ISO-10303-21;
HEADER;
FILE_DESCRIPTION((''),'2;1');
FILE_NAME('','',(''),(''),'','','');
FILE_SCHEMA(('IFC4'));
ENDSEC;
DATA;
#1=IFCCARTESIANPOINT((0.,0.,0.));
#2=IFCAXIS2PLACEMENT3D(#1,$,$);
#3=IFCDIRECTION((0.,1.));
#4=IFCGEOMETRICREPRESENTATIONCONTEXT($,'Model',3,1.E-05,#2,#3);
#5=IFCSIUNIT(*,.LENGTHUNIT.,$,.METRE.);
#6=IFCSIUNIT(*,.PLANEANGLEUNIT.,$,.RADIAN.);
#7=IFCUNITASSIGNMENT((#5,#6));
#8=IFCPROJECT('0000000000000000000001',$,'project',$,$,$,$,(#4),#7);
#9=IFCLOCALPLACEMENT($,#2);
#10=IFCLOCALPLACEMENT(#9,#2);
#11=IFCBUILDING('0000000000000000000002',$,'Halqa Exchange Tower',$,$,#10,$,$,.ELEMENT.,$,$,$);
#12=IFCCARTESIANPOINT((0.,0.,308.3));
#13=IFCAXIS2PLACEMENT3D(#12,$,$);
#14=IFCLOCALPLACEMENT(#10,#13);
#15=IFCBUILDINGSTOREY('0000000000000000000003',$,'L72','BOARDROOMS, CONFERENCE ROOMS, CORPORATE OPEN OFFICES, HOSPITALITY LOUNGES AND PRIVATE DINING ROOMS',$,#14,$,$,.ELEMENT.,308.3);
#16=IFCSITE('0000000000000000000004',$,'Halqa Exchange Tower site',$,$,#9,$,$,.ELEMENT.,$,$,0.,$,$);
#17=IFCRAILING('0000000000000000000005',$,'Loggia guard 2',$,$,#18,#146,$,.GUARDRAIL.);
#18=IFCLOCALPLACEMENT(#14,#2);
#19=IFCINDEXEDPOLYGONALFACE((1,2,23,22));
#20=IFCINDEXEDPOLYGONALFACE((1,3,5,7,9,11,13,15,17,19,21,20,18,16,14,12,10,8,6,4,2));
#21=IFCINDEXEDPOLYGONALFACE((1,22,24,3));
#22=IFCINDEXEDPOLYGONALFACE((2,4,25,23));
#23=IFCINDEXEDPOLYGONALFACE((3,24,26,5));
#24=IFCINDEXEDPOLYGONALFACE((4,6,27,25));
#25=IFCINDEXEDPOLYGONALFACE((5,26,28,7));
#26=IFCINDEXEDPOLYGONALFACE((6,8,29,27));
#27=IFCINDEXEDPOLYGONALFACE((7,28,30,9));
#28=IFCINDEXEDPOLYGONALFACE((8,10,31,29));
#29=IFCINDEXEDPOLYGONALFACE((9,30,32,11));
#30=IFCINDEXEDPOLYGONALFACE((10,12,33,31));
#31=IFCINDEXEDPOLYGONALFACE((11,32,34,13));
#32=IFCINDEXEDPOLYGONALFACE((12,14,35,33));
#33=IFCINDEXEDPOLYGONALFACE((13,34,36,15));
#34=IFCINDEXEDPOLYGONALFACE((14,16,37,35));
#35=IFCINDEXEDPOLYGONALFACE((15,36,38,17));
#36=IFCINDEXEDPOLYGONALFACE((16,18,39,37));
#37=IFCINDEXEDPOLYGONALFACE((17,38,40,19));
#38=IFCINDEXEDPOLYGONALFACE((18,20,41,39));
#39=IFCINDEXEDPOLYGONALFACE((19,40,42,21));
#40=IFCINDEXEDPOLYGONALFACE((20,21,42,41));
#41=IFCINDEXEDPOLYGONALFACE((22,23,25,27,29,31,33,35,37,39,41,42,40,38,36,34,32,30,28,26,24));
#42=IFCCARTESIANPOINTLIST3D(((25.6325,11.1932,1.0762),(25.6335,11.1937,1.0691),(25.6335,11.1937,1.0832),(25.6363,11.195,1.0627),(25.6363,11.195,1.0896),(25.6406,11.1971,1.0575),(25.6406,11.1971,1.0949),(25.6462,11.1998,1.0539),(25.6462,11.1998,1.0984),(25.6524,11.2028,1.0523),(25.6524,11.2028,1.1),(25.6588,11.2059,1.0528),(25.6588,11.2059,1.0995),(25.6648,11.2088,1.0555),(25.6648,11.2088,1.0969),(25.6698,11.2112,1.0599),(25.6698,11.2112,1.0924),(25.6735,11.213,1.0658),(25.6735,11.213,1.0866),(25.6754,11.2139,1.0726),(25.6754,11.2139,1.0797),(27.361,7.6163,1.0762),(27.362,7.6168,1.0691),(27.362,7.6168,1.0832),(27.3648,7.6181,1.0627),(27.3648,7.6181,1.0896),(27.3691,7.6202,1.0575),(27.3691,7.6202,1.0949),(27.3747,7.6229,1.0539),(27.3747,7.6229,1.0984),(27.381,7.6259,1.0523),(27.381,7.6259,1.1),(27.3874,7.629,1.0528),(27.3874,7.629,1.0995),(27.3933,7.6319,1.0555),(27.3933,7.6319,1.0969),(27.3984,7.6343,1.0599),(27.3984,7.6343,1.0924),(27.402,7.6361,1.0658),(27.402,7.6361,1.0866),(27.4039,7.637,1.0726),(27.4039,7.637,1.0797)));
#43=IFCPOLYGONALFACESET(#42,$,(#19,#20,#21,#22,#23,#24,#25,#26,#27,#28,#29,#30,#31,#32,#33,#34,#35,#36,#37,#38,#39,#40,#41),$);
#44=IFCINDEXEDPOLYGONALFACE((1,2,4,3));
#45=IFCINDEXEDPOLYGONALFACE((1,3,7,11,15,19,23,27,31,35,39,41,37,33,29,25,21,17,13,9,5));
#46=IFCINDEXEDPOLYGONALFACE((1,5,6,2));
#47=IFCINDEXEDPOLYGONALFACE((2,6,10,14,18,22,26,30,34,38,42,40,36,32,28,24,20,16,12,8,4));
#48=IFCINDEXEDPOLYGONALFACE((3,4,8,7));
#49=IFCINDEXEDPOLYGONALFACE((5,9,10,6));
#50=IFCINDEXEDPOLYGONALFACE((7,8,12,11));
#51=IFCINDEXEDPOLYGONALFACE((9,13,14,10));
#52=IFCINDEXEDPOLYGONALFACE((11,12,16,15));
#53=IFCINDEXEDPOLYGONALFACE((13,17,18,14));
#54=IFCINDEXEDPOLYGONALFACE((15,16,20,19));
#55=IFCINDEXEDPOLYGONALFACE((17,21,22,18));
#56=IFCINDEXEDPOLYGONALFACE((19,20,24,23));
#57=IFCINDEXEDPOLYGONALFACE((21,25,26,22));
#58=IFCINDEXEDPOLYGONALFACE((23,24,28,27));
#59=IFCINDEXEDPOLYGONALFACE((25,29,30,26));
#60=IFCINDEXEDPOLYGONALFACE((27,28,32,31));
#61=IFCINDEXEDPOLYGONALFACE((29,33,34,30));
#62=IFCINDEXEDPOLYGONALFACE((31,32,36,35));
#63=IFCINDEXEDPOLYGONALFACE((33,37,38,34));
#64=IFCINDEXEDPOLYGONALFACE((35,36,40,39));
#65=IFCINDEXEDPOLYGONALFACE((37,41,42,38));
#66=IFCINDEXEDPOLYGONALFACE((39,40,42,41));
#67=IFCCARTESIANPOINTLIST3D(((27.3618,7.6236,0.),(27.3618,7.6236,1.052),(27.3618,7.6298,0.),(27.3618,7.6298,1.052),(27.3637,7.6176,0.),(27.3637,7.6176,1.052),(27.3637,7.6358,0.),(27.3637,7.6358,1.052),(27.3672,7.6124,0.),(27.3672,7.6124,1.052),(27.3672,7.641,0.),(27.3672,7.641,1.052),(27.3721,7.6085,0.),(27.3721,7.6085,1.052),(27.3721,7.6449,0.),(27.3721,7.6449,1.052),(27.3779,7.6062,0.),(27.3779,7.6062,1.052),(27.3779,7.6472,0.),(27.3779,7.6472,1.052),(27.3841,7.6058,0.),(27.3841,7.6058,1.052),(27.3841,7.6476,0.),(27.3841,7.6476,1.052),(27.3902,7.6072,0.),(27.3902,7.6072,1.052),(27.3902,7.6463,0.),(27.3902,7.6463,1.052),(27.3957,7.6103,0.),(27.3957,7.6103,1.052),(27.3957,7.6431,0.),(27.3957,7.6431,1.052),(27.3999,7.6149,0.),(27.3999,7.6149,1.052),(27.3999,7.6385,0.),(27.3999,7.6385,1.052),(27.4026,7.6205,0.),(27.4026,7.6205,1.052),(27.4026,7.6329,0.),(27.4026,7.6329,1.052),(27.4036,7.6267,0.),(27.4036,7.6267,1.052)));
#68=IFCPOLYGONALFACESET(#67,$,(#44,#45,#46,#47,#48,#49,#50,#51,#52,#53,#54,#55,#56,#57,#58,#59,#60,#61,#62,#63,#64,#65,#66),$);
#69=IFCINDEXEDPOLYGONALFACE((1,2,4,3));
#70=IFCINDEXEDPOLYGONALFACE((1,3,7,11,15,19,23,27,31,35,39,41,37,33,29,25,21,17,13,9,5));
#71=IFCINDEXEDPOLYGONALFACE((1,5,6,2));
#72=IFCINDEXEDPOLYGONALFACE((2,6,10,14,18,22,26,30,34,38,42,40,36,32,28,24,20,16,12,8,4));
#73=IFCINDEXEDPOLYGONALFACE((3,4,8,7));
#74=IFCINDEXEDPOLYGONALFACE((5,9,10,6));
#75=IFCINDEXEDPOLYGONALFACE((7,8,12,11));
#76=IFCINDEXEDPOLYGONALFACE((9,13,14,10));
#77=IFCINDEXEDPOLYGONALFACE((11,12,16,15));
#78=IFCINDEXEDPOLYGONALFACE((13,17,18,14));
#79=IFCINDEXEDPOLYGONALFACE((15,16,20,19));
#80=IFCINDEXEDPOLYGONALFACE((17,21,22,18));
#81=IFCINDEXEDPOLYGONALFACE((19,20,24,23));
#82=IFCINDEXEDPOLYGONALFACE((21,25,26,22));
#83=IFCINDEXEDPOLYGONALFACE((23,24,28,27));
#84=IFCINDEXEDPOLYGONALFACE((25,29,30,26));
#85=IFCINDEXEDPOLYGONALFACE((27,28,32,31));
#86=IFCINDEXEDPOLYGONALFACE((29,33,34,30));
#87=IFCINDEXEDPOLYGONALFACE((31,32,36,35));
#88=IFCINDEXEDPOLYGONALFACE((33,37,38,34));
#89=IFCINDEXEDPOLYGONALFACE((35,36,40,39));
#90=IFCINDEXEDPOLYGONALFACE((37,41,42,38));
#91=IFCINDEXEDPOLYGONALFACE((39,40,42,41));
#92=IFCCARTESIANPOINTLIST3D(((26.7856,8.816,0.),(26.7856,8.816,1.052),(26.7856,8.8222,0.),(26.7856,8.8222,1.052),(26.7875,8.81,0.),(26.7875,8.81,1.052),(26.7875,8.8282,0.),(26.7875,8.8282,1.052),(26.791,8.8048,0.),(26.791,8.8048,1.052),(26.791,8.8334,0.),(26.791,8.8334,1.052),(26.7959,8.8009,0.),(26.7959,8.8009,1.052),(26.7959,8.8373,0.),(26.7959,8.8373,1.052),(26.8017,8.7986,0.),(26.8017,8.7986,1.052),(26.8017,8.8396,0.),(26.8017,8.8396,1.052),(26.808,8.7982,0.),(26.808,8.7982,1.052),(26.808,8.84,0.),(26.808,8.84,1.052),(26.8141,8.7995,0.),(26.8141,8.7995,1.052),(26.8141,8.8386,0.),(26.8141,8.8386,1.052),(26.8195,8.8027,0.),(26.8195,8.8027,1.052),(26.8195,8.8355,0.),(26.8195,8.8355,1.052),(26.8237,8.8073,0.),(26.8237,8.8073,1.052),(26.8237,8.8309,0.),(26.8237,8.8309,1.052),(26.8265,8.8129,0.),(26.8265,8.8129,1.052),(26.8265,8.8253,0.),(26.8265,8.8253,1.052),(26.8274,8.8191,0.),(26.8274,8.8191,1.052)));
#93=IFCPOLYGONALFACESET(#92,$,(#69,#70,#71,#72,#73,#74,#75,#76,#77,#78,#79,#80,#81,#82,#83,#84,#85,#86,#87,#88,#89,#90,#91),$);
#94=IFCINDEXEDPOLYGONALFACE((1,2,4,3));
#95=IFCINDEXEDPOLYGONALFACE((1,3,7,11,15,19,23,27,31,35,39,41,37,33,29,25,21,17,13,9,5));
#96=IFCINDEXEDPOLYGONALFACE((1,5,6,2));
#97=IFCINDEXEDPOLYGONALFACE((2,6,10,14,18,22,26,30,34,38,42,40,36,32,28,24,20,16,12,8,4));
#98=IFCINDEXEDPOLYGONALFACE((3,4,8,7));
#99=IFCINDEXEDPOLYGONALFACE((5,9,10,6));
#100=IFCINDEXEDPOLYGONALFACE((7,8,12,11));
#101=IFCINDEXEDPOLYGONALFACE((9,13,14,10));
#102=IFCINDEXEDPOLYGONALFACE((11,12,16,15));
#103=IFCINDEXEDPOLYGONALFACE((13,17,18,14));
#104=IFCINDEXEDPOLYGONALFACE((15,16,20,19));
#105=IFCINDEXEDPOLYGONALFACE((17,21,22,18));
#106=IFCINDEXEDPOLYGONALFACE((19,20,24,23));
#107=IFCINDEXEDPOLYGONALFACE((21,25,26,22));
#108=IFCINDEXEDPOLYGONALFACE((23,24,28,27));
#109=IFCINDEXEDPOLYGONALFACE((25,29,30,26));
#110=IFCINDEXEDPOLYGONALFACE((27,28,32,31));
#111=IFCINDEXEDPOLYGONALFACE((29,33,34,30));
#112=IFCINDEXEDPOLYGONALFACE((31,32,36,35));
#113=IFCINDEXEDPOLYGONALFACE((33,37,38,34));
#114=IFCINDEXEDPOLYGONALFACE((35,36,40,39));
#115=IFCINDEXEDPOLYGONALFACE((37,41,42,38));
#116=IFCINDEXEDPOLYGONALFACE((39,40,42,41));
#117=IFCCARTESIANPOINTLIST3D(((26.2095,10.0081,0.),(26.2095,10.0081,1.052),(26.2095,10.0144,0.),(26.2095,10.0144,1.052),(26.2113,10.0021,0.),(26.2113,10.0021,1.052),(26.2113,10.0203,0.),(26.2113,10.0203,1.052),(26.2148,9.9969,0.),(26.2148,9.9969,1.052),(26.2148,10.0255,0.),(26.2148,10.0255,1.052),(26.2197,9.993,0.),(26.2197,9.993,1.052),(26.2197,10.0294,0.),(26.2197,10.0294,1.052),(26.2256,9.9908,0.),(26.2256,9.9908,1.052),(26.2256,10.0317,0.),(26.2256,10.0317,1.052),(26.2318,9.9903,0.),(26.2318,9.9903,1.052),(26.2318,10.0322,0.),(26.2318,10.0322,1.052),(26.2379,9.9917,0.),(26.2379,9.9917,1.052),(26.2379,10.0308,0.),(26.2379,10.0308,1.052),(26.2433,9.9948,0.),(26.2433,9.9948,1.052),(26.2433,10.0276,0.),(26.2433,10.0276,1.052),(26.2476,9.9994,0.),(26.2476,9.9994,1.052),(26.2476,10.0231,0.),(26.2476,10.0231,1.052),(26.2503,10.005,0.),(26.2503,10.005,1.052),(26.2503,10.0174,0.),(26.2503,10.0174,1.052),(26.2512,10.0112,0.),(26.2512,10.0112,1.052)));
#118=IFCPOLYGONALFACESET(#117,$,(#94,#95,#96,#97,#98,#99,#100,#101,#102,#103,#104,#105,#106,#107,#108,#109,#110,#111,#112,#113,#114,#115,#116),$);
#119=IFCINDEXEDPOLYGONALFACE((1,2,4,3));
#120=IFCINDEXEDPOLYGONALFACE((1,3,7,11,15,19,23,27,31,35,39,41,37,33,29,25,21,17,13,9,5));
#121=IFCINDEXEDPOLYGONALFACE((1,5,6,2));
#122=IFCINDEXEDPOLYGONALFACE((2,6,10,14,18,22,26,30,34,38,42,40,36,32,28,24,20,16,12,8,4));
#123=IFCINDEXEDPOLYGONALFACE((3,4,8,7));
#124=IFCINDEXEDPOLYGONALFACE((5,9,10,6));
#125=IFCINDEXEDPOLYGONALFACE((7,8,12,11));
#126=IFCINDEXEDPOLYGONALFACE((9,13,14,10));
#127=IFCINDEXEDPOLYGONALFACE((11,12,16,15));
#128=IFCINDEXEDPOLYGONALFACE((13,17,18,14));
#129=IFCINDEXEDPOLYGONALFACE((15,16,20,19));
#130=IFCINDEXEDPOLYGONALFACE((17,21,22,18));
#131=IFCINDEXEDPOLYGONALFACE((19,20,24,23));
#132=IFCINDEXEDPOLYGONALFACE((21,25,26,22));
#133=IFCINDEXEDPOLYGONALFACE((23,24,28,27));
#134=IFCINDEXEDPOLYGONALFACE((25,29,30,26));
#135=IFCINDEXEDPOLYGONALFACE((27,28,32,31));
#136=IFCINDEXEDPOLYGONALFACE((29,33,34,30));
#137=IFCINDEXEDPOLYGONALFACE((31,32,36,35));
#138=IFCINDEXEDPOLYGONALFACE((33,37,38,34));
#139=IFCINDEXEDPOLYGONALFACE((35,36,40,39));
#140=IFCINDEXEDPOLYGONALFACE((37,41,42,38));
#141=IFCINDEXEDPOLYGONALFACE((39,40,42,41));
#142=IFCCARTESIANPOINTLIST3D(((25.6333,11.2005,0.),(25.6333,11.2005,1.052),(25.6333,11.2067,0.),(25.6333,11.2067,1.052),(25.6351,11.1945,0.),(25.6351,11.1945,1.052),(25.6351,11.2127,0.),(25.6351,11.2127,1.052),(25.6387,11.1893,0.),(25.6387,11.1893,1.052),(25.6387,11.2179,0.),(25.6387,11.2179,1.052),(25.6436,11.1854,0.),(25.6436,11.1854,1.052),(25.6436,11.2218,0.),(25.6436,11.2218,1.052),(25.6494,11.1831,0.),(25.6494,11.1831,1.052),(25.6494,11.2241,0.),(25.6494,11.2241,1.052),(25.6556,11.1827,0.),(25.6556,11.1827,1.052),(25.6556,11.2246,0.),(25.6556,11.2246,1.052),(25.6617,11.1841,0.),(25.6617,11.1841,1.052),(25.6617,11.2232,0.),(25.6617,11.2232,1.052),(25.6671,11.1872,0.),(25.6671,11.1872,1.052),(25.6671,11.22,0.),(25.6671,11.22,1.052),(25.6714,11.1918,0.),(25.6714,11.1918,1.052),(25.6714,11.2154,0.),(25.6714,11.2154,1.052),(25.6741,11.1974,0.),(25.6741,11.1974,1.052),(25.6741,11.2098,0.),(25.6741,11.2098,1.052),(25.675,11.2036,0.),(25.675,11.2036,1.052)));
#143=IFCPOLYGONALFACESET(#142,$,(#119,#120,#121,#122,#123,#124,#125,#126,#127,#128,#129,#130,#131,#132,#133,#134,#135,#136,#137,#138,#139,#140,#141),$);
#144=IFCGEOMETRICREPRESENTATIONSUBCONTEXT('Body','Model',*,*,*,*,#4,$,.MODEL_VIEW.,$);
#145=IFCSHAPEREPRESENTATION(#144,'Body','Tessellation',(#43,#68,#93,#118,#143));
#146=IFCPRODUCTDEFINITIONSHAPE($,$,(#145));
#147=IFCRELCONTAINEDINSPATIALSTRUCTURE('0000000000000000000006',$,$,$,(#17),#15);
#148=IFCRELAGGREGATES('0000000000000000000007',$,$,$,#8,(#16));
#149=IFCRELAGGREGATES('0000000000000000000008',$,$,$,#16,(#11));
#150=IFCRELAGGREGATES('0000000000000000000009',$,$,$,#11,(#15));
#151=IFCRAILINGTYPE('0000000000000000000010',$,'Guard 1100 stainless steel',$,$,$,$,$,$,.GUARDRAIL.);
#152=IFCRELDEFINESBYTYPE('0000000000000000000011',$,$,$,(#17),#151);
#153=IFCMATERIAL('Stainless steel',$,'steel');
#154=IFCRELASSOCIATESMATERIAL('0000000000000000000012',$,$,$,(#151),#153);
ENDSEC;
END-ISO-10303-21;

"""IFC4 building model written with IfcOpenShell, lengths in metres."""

from ifc_helpers import new_model, si_unit, direction, frame, origin, origin_2d, place, context, subcontext, project, spatial, circle, extrude, material, type_object, element, save


model = new_model("IFC4")

# Units and contexts
model_context = context("Model", 3, precision=1e-05, world=origin(), true_north=direction((0.0, 1.0)))
body_context = subcontext(model_context, "Body", "Model", "MODEL_VIEW")
ifc_project = project(units=[si_unit("LENGTHUNIT", "METRE"), si_unit("PLANEANGLEUNIT", "RADIAN")], contexts=[model_context])

# Site, building, storey
site_placement = place(None, origin())
site = spatial("IfcSite", under=ifc_project, at=site_placement, Name="Halqa Exchange Tower site", CompositionType="ELEMENT", RefElevation=0.0)
building_placement = place(site_placement, origin())
building = spatial("IfcBuilding", under=site, at=building_placement, Name="Halqa Exchange Tower", CompositionType="ELEMENT")
storey_placement = place(building_placement, frame((0.0, 0.0, 308.3)))
storey = spatial("IfcBuildingStorey", under=building, at=storey_placement, Name="L72", Description="BOARDROOMS, CONFERENCE ROOMS, CORPORATE OPEN OFFICES, HOSPITALITY LOUNGES AND PRIVATE DINING ROOMS", CompositionType="ELEMENT", Elevation=308.3)

# Railing
ifc_material_1 = material(Name="Stainless steel", Category="steel")
railing_type = type_object("IfcRailingType", Name="Guard 1100 stainless steel", PredefinedType="GUARDRAIL", material=ifc_material_1)
railing_1_placement = place(storey_placement, frame((27.3826, 7.6267, 0.0)))
element("IfcRailing", 1, at=railing_1_placement, inside=storey, type_object=railing_type, Name="Loggia guard 2", PredefinedType="GUARDRAIL", context=body_context, shape_type="SweptSolid", body=[
    extrude(circle(Radius=0.0239, at=origin_2d()), frame((0.0, 0.0, 1.0762), z_axis=(-0.435103, 0.900381, 0.0), x_axis=(-0.900381, -0.435103, 0.0)), (0.0, 0.0, 1.0), 3.9727),
    extrude(circle(Radius=0.021, at=origin_2d()), origin(), (0.0, 0.0, 1.0), 1.052),
    extrude(circle(Radius=0.021, at=origin_2d()), frame((-0.5762, 1.1924, 0.0)), (0.0, 0.0, 1.0), 1.052),
    extrude(circle(Radius=0.021, at=origin_2d()), frame((-1.1523, 2.3845, 0.0)), (0.0, 0.0, 1.0), 1.052),
    extrude(circle(Radius=0.021, at=origin_2d()), frame((-1.7285, 3.5769, 0.0)), (0.0, 0.0, 1.0), 1.052),
])

save(model, "model.ifc")
